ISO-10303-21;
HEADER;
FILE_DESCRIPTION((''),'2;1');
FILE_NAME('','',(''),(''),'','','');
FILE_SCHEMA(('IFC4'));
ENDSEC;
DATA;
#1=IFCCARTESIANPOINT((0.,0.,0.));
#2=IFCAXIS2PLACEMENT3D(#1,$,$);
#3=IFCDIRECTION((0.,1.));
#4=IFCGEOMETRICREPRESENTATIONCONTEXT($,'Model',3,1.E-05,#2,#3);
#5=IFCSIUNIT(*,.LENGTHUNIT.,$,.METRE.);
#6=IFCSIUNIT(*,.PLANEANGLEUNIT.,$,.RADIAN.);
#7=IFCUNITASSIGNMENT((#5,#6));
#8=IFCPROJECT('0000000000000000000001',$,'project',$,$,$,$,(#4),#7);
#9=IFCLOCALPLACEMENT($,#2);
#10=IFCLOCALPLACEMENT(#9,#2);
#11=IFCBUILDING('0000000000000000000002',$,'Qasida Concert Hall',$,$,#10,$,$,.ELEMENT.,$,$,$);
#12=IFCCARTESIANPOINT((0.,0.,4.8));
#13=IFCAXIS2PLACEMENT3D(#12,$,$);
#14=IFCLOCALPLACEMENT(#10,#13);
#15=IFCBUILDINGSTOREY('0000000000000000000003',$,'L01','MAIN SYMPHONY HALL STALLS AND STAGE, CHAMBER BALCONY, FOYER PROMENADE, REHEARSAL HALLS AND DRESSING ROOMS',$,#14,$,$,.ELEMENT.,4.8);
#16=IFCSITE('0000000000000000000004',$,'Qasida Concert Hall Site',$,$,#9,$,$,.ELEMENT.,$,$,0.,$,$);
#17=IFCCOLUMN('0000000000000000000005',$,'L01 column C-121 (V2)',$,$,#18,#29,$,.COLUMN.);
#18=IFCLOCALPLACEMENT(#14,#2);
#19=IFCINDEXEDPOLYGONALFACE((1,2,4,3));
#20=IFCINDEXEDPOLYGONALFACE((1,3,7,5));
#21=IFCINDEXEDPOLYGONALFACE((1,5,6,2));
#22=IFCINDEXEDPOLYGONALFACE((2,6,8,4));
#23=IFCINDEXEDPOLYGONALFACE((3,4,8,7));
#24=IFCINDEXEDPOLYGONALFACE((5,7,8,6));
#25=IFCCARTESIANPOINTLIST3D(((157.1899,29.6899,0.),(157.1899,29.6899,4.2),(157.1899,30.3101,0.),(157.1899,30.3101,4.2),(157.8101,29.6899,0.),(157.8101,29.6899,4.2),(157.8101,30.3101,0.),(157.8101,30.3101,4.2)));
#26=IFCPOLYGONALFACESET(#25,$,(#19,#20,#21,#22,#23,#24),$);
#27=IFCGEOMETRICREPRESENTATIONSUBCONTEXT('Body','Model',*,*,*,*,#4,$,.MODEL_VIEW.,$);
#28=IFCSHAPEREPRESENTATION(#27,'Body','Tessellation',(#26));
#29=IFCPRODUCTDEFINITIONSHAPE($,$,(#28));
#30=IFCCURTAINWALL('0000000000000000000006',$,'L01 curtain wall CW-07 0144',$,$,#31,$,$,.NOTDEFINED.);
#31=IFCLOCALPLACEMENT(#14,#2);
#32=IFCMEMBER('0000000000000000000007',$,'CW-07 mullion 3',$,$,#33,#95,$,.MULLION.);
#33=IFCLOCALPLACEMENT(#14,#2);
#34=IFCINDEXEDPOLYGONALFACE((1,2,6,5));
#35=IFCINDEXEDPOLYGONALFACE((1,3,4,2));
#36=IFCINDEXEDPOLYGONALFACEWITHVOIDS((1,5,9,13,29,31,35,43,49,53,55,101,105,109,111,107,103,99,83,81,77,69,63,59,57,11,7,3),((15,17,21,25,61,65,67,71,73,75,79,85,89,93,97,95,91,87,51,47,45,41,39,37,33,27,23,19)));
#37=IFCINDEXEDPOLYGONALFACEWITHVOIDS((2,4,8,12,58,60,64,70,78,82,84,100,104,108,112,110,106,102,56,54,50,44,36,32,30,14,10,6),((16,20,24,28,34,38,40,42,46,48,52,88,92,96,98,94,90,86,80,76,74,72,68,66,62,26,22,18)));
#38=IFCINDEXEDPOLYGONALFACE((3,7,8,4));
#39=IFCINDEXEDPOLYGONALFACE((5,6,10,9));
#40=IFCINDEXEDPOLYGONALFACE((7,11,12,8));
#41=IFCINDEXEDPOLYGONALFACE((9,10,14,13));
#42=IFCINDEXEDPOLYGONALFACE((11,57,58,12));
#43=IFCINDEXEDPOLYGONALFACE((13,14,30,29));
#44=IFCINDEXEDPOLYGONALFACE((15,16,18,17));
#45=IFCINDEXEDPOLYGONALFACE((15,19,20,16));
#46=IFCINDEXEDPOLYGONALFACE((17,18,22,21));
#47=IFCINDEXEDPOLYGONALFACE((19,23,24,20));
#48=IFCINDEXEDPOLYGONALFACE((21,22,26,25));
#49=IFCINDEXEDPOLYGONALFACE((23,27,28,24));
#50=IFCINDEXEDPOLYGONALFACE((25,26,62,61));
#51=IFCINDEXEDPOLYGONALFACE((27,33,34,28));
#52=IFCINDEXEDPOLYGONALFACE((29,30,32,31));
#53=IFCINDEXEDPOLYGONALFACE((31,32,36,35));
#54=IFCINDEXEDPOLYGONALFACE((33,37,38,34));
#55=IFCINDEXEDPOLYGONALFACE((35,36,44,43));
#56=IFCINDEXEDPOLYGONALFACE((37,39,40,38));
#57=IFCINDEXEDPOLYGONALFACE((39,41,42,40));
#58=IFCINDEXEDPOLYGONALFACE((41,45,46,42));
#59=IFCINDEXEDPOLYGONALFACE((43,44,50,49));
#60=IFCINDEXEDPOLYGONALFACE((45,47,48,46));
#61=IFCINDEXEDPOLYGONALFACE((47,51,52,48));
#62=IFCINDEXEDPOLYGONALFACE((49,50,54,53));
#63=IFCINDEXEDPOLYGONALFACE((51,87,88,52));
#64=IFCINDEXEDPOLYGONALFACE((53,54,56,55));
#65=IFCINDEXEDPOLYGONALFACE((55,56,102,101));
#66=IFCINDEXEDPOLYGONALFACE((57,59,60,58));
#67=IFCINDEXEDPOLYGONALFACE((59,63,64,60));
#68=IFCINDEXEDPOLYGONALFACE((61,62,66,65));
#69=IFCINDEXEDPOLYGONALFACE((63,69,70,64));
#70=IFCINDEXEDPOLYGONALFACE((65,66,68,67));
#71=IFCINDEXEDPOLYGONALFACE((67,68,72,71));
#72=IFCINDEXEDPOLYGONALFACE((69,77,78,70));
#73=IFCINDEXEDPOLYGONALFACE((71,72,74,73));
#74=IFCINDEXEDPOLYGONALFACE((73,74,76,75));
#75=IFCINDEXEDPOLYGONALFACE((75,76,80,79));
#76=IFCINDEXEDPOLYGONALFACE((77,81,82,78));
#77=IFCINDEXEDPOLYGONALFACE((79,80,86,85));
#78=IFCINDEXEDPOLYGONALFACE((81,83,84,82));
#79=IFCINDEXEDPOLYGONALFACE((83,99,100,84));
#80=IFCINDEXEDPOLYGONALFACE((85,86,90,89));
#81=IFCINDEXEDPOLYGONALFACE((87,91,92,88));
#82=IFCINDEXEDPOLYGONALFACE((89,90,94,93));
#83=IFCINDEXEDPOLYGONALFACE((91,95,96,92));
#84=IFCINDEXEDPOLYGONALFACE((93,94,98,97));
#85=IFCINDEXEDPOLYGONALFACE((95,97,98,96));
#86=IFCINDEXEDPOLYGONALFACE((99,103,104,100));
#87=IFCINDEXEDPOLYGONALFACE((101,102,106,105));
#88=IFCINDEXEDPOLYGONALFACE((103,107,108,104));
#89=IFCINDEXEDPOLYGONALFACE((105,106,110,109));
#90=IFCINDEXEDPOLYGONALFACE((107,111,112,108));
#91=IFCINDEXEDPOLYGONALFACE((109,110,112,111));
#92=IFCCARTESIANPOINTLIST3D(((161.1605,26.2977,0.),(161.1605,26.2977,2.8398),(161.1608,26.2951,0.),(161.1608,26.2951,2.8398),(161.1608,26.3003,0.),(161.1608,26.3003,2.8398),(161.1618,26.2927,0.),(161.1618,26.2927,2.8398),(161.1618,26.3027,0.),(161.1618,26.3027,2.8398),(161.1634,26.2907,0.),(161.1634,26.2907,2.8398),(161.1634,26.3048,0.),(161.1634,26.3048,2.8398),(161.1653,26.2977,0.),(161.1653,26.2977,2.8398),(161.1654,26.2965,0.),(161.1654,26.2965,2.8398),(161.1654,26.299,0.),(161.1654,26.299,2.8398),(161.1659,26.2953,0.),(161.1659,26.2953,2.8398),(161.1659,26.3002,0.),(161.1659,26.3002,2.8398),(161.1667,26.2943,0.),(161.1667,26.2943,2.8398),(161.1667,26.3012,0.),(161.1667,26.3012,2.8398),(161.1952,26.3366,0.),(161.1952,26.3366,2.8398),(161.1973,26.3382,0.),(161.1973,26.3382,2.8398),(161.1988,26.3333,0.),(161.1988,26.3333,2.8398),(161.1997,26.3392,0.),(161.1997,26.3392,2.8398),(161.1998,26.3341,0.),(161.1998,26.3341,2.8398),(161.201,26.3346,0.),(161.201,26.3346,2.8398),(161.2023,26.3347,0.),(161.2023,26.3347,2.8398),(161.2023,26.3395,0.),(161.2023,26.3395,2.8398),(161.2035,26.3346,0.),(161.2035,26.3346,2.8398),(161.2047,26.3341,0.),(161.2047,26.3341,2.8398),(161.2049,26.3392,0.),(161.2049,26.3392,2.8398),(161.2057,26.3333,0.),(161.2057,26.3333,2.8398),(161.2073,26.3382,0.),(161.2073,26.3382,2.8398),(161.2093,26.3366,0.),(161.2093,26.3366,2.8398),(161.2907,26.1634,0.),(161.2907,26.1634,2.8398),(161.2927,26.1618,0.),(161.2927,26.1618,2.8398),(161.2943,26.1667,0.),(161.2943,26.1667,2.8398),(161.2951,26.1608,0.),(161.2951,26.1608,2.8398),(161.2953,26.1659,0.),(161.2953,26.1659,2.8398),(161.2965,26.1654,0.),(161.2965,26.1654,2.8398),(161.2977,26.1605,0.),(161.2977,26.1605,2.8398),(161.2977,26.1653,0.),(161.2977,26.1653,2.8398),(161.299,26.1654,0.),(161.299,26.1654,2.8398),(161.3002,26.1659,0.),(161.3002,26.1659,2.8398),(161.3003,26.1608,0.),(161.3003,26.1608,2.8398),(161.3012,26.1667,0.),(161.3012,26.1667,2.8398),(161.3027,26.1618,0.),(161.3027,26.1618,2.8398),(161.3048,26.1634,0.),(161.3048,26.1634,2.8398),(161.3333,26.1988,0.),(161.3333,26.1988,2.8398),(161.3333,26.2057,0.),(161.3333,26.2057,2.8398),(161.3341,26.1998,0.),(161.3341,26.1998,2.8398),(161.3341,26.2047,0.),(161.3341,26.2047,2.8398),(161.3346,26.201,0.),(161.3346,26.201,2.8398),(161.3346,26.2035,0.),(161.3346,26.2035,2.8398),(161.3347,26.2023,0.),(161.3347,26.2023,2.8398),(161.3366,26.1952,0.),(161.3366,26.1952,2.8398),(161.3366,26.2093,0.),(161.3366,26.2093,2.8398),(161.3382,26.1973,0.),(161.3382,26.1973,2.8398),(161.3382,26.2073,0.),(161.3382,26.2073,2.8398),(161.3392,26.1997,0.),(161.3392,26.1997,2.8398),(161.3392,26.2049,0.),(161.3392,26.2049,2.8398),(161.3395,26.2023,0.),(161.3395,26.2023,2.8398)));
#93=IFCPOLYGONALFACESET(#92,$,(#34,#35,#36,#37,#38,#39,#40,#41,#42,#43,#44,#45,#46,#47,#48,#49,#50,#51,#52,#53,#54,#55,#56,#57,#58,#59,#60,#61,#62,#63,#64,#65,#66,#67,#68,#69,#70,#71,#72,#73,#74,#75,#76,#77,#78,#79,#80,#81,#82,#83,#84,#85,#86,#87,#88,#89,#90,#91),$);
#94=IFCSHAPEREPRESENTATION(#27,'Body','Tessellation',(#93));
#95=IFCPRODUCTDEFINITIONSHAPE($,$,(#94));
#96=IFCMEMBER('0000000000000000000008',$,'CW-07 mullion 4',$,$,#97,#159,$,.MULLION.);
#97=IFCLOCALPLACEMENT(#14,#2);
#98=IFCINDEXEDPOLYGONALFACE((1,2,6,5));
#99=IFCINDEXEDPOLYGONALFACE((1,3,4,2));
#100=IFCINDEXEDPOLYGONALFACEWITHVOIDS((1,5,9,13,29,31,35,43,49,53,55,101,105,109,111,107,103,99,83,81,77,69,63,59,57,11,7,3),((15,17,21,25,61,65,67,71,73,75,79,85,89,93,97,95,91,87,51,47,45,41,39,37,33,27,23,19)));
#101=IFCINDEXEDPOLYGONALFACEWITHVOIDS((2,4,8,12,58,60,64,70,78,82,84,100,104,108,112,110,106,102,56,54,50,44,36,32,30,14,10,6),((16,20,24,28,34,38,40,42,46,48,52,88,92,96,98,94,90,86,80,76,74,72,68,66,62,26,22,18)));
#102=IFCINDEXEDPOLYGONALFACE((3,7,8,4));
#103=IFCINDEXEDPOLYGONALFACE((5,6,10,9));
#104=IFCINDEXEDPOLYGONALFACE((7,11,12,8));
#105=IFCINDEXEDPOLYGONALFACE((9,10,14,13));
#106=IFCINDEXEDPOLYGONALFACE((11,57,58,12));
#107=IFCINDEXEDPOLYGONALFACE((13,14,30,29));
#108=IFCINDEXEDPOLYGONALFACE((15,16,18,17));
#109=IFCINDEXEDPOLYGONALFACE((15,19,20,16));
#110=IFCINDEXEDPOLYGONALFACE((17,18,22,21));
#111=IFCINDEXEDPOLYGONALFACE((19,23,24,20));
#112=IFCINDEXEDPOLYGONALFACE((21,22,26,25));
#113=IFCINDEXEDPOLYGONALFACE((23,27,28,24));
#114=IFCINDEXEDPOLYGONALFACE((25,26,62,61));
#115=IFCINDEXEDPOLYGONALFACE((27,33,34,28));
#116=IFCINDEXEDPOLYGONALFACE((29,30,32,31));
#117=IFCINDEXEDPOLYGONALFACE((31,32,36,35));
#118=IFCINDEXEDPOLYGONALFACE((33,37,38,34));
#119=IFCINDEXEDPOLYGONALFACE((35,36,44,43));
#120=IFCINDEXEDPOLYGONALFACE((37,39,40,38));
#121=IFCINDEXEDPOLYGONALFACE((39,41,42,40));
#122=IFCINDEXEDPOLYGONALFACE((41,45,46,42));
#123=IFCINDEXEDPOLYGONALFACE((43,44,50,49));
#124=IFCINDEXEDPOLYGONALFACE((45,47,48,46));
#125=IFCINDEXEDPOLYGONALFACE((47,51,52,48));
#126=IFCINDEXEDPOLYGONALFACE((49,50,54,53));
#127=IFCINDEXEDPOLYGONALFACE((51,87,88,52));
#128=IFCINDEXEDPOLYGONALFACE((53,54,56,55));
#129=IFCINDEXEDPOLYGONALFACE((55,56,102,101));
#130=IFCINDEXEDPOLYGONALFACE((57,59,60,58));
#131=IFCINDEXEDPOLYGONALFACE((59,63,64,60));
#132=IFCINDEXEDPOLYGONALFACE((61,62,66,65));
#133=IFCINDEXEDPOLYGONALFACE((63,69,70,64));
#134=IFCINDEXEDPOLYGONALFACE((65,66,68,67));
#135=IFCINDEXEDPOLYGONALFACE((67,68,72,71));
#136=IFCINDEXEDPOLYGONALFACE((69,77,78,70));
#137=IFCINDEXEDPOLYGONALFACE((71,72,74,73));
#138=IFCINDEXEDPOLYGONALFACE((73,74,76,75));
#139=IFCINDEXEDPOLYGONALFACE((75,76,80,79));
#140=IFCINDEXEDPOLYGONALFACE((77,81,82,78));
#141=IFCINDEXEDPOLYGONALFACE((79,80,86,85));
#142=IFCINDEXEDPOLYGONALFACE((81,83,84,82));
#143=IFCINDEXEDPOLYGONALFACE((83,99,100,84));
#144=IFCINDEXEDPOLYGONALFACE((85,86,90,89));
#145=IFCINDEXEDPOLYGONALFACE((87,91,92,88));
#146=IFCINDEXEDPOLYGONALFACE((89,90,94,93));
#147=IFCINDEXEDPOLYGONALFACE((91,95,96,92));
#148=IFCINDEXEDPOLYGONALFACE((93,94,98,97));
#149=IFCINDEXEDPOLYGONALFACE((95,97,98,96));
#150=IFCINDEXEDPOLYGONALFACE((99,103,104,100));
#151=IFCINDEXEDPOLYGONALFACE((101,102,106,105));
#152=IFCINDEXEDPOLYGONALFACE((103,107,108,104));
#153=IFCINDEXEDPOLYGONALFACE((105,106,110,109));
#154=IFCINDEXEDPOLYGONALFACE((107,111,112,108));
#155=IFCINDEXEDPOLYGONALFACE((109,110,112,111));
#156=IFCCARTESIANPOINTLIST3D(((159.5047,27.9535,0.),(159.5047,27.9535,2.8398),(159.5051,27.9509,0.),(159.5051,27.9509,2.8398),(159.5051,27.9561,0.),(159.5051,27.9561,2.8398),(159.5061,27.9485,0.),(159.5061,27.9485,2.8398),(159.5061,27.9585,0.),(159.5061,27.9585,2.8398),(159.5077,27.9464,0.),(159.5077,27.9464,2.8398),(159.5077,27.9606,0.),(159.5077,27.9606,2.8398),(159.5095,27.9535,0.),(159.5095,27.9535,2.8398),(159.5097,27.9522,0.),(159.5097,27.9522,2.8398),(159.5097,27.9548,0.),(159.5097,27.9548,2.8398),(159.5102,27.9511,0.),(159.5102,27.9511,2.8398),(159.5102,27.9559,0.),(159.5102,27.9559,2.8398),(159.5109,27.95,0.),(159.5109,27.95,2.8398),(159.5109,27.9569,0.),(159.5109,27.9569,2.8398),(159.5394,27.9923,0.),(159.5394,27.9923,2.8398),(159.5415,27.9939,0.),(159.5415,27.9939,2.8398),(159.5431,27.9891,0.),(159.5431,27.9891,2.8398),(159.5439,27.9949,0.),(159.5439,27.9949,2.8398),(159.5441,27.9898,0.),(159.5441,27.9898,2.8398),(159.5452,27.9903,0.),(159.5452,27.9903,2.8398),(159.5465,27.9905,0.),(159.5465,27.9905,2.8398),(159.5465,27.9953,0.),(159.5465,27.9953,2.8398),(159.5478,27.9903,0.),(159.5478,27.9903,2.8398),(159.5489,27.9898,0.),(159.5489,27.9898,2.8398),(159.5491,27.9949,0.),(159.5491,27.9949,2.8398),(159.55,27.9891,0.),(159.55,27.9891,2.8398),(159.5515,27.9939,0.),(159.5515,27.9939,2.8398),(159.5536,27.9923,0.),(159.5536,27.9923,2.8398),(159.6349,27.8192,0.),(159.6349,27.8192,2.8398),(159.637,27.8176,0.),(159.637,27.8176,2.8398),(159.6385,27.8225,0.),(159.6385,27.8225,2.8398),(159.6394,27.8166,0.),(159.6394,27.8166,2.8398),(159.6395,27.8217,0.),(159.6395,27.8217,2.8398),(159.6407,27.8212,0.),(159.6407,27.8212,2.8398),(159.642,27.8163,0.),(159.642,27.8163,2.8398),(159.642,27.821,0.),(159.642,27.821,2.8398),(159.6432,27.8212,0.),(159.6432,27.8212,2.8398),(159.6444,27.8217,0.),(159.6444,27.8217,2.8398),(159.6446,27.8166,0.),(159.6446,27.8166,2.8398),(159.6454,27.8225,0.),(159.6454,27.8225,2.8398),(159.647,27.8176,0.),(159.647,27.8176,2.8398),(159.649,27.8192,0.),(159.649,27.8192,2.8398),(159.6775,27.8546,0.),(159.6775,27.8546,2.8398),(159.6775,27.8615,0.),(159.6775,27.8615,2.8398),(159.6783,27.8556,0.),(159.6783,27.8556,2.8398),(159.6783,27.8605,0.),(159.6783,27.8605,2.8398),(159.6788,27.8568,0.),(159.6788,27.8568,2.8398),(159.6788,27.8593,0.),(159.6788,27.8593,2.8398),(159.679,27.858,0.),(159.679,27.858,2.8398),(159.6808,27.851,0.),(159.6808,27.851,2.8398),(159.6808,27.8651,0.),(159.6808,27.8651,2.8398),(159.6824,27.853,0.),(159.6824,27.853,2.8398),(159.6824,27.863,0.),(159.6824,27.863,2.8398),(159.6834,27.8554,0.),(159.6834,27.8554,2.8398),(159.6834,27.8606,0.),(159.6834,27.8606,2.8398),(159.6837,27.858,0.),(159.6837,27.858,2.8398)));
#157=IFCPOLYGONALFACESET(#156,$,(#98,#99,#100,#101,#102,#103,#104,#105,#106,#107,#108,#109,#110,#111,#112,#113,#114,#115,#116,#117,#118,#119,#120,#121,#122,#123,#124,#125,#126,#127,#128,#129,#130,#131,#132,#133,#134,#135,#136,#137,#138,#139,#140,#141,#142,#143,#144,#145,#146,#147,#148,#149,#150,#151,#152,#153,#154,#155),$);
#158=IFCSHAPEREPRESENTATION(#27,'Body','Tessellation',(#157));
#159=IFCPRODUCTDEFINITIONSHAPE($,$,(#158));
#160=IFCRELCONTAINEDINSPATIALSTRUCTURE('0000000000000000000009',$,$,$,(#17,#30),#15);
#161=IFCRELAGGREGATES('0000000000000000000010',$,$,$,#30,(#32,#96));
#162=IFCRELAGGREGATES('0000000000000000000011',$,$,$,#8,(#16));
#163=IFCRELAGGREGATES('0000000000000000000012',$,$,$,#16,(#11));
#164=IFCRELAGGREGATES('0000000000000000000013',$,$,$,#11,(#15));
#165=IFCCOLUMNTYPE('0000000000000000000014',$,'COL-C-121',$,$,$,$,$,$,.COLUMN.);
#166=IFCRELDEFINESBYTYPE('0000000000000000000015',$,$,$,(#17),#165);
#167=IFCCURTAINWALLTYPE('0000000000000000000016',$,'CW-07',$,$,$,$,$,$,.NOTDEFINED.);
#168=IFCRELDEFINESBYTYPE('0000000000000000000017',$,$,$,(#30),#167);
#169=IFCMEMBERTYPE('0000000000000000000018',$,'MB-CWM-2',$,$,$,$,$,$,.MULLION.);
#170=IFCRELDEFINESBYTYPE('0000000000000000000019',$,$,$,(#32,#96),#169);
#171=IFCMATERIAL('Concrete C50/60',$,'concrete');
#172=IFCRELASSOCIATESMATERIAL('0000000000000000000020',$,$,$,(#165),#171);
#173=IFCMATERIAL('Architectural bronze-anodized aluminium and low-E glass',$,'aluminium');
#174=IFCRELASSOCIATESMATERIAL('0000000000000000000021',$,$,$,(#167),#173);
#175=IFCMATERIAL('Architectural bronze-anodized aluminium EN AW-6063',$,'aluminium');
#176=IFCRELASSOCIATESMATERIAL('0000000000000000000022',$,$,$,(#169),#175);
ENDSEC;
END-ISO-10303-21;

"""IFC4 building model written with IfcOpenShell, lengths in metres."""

from ifc_helpers import new_model, si_unit, direction, frame, origin, origin_2d, place, context, subcontext, project, spatial, rectangle, hollow_rectangle, extrude, material, material_profile, profile_set, type_object, element, aggregate, save


model = new_model("IFC4")

# Units and contexts
model_context = context("Model", 3, precision=1e-05, world=origin(), true_north=direction((0.0, 1.0)))
body_context = subcontext(model_context, "Body", "Model", "MODEL_VIEW")
ifc_project = project(units=[si_unit("LENGTHUNIT", "METRE"), si_unit("PLANEANGLEUNIT", "RADIAN")], contexts=[model_context])

# Site, building, storey
site_placement = place(None, origin())
site = spatial("IfcSite", under=ifc_project, at=site_placement, Name="Qasida Concert Hall Site", CompositionType="ELEMENT", RefElevation=0.0)
building_placement = place(site_placement, origin())
building = spatial("IfcBuilding", under=site, at=building_placement, Name="Qasida Concert Hall", CompositionType="ELEMENT")
storey_placement = place(building_placement, frame((0.0, 0.0, 4.8)))
storey = spatial("IfcBuildingStorey", under=building, at=storey_placement, Name="L01", Description="MAIN SYMPHONY HALL STALLS AND STAGE, CHAMBER BALCONY, FOYER PROMENADE, REHEARSAL HALLS AND DRESSING ROOMS", CompositionType="ELEMENT", Elevation=4.8)

# Column
ifc_material_1 = material(Name="Concrete C50/60", Category="concrete")
ifc_material_profile_1 = material_profile(ifc_material_1, rectangle(XDim=0.6201, YDim=0.6201, at=origin_2d()), Name="RC 620x620")
ifc_profile_set_1 = profile_set([ifc_material_profile_1], Name="Concrete C50/60")
column_type = type_object("IfcColumnType", Name="COL-C-121", PredefinedType="COLUMN", material=ifc_profile_set_1)
column_placement = place(storey_placement, frame((157.5, 30.0, 0.0), z_axis=(0.0, 0.0, 1.0), x_axis=(1.0, 0.0, 0.0)))
element("IfcColumn", 1, at=column_placement, inside=storey, type_object=column_type, Name="L01 column C-121 (V2)", PredefinedType="COLUMN", context=body_context, shape_type="SweptSolid", body=[
    extrude(rectangle(XDim=0.6201, YDim=0.6201, at=origin_2d()), origin(), (0.0, 0.0, 1.0), 4.2),
])

# Curtain wall, members
ifc_material_2 = material(Name="Architectural bronze-anodized aluminium and low-E glass", Category="aluminium")
curtain_wall_type = type_object("IfcCurtainWallType", Name="CW-07", PredefinedType="NOTDEFINED", material=ifc_material_2)
curtain_wall_placement = place(storey_placement, origin())
curtain_wall = element("IfcCurtainWall", 2, at=curtain_wall_placement, inside=storey, type_object=curtain_wall_type, Name="L01 curtain wall CW-07 0144", PredefinedType="NOTDEFINED")
ifc_material_3 = material(Name="Architectural bronze-anodized aluminium EN AW-6063", Category="aluminium")
ifc_material_profile_2 = material_profile(ifc_material_3, hollow_rectangle(XDim=0.0649, YDim=0.2, WallThickness=0.0049, InnerFilletRadius=0.0049, OuterFilletRadius=0.01, at=origin_2d()), Name="CWM 200x65x5")
ifc_profile_set_2 = profile_set([ifc_material_profile_2], Name="Architectural bronze-anodized aluminium EN AW-6063")
member_type_1 = type_object("IfcMemberType", Name="MB-CWM-2", PredefinedType="MULLION", material=ifc_profile_set_2)
member_1_placement = place(storey_placement, frame((161.25, 26.25, 0.0), z_axis=(0.0, 0.0, 1.0), x_axis=(-0.707107, -0.707107, 0.0)))
member_1 = element("IfcMember", 3, at=member_1_placement, type_object=member_type_1, Name="CW-07 mullion 3", PredefinedType="MULLION", context=body_context, shape_type="SweptSolid", body=[
    extrude(hollow_rectangle(XDim=0.0649, YDim=0.2, WallThickness=0.0049, InnerFilletRadius=0.0049, OuterFilletRadius=0.01, at=origin_2d()), origin(), (0.0, 0.0, 1.0), 2.8398),
])
member_2_placement = place(storey_placement, frame((159.5942, 27.9058, 0.0), z_axis=(0.0, 0.0, 1.0), x_axis=(-0.707107, -0.707107, 0.0)))
member_2 = element("IfcMember", 4, at=member_2_placement, type_object=member_type_1, Name="CW-07 mullion 4", PredefinedType="MULLION", context=body_context, shape_type="SweptSolid", body=[
    extrude(hollow_rectangle(XDim=0.0649, YDim=0.2, WallThickness=0.0049, InnerFilletRadius=0.0049, OuterFilletRadius=0.01, at=origin_2d()), origin(), (0.0, 0.0, 1.0), 2.8398),
])
aggregate(curtain_wall, [member_1, member_2])

save(model, "model.ifc")
